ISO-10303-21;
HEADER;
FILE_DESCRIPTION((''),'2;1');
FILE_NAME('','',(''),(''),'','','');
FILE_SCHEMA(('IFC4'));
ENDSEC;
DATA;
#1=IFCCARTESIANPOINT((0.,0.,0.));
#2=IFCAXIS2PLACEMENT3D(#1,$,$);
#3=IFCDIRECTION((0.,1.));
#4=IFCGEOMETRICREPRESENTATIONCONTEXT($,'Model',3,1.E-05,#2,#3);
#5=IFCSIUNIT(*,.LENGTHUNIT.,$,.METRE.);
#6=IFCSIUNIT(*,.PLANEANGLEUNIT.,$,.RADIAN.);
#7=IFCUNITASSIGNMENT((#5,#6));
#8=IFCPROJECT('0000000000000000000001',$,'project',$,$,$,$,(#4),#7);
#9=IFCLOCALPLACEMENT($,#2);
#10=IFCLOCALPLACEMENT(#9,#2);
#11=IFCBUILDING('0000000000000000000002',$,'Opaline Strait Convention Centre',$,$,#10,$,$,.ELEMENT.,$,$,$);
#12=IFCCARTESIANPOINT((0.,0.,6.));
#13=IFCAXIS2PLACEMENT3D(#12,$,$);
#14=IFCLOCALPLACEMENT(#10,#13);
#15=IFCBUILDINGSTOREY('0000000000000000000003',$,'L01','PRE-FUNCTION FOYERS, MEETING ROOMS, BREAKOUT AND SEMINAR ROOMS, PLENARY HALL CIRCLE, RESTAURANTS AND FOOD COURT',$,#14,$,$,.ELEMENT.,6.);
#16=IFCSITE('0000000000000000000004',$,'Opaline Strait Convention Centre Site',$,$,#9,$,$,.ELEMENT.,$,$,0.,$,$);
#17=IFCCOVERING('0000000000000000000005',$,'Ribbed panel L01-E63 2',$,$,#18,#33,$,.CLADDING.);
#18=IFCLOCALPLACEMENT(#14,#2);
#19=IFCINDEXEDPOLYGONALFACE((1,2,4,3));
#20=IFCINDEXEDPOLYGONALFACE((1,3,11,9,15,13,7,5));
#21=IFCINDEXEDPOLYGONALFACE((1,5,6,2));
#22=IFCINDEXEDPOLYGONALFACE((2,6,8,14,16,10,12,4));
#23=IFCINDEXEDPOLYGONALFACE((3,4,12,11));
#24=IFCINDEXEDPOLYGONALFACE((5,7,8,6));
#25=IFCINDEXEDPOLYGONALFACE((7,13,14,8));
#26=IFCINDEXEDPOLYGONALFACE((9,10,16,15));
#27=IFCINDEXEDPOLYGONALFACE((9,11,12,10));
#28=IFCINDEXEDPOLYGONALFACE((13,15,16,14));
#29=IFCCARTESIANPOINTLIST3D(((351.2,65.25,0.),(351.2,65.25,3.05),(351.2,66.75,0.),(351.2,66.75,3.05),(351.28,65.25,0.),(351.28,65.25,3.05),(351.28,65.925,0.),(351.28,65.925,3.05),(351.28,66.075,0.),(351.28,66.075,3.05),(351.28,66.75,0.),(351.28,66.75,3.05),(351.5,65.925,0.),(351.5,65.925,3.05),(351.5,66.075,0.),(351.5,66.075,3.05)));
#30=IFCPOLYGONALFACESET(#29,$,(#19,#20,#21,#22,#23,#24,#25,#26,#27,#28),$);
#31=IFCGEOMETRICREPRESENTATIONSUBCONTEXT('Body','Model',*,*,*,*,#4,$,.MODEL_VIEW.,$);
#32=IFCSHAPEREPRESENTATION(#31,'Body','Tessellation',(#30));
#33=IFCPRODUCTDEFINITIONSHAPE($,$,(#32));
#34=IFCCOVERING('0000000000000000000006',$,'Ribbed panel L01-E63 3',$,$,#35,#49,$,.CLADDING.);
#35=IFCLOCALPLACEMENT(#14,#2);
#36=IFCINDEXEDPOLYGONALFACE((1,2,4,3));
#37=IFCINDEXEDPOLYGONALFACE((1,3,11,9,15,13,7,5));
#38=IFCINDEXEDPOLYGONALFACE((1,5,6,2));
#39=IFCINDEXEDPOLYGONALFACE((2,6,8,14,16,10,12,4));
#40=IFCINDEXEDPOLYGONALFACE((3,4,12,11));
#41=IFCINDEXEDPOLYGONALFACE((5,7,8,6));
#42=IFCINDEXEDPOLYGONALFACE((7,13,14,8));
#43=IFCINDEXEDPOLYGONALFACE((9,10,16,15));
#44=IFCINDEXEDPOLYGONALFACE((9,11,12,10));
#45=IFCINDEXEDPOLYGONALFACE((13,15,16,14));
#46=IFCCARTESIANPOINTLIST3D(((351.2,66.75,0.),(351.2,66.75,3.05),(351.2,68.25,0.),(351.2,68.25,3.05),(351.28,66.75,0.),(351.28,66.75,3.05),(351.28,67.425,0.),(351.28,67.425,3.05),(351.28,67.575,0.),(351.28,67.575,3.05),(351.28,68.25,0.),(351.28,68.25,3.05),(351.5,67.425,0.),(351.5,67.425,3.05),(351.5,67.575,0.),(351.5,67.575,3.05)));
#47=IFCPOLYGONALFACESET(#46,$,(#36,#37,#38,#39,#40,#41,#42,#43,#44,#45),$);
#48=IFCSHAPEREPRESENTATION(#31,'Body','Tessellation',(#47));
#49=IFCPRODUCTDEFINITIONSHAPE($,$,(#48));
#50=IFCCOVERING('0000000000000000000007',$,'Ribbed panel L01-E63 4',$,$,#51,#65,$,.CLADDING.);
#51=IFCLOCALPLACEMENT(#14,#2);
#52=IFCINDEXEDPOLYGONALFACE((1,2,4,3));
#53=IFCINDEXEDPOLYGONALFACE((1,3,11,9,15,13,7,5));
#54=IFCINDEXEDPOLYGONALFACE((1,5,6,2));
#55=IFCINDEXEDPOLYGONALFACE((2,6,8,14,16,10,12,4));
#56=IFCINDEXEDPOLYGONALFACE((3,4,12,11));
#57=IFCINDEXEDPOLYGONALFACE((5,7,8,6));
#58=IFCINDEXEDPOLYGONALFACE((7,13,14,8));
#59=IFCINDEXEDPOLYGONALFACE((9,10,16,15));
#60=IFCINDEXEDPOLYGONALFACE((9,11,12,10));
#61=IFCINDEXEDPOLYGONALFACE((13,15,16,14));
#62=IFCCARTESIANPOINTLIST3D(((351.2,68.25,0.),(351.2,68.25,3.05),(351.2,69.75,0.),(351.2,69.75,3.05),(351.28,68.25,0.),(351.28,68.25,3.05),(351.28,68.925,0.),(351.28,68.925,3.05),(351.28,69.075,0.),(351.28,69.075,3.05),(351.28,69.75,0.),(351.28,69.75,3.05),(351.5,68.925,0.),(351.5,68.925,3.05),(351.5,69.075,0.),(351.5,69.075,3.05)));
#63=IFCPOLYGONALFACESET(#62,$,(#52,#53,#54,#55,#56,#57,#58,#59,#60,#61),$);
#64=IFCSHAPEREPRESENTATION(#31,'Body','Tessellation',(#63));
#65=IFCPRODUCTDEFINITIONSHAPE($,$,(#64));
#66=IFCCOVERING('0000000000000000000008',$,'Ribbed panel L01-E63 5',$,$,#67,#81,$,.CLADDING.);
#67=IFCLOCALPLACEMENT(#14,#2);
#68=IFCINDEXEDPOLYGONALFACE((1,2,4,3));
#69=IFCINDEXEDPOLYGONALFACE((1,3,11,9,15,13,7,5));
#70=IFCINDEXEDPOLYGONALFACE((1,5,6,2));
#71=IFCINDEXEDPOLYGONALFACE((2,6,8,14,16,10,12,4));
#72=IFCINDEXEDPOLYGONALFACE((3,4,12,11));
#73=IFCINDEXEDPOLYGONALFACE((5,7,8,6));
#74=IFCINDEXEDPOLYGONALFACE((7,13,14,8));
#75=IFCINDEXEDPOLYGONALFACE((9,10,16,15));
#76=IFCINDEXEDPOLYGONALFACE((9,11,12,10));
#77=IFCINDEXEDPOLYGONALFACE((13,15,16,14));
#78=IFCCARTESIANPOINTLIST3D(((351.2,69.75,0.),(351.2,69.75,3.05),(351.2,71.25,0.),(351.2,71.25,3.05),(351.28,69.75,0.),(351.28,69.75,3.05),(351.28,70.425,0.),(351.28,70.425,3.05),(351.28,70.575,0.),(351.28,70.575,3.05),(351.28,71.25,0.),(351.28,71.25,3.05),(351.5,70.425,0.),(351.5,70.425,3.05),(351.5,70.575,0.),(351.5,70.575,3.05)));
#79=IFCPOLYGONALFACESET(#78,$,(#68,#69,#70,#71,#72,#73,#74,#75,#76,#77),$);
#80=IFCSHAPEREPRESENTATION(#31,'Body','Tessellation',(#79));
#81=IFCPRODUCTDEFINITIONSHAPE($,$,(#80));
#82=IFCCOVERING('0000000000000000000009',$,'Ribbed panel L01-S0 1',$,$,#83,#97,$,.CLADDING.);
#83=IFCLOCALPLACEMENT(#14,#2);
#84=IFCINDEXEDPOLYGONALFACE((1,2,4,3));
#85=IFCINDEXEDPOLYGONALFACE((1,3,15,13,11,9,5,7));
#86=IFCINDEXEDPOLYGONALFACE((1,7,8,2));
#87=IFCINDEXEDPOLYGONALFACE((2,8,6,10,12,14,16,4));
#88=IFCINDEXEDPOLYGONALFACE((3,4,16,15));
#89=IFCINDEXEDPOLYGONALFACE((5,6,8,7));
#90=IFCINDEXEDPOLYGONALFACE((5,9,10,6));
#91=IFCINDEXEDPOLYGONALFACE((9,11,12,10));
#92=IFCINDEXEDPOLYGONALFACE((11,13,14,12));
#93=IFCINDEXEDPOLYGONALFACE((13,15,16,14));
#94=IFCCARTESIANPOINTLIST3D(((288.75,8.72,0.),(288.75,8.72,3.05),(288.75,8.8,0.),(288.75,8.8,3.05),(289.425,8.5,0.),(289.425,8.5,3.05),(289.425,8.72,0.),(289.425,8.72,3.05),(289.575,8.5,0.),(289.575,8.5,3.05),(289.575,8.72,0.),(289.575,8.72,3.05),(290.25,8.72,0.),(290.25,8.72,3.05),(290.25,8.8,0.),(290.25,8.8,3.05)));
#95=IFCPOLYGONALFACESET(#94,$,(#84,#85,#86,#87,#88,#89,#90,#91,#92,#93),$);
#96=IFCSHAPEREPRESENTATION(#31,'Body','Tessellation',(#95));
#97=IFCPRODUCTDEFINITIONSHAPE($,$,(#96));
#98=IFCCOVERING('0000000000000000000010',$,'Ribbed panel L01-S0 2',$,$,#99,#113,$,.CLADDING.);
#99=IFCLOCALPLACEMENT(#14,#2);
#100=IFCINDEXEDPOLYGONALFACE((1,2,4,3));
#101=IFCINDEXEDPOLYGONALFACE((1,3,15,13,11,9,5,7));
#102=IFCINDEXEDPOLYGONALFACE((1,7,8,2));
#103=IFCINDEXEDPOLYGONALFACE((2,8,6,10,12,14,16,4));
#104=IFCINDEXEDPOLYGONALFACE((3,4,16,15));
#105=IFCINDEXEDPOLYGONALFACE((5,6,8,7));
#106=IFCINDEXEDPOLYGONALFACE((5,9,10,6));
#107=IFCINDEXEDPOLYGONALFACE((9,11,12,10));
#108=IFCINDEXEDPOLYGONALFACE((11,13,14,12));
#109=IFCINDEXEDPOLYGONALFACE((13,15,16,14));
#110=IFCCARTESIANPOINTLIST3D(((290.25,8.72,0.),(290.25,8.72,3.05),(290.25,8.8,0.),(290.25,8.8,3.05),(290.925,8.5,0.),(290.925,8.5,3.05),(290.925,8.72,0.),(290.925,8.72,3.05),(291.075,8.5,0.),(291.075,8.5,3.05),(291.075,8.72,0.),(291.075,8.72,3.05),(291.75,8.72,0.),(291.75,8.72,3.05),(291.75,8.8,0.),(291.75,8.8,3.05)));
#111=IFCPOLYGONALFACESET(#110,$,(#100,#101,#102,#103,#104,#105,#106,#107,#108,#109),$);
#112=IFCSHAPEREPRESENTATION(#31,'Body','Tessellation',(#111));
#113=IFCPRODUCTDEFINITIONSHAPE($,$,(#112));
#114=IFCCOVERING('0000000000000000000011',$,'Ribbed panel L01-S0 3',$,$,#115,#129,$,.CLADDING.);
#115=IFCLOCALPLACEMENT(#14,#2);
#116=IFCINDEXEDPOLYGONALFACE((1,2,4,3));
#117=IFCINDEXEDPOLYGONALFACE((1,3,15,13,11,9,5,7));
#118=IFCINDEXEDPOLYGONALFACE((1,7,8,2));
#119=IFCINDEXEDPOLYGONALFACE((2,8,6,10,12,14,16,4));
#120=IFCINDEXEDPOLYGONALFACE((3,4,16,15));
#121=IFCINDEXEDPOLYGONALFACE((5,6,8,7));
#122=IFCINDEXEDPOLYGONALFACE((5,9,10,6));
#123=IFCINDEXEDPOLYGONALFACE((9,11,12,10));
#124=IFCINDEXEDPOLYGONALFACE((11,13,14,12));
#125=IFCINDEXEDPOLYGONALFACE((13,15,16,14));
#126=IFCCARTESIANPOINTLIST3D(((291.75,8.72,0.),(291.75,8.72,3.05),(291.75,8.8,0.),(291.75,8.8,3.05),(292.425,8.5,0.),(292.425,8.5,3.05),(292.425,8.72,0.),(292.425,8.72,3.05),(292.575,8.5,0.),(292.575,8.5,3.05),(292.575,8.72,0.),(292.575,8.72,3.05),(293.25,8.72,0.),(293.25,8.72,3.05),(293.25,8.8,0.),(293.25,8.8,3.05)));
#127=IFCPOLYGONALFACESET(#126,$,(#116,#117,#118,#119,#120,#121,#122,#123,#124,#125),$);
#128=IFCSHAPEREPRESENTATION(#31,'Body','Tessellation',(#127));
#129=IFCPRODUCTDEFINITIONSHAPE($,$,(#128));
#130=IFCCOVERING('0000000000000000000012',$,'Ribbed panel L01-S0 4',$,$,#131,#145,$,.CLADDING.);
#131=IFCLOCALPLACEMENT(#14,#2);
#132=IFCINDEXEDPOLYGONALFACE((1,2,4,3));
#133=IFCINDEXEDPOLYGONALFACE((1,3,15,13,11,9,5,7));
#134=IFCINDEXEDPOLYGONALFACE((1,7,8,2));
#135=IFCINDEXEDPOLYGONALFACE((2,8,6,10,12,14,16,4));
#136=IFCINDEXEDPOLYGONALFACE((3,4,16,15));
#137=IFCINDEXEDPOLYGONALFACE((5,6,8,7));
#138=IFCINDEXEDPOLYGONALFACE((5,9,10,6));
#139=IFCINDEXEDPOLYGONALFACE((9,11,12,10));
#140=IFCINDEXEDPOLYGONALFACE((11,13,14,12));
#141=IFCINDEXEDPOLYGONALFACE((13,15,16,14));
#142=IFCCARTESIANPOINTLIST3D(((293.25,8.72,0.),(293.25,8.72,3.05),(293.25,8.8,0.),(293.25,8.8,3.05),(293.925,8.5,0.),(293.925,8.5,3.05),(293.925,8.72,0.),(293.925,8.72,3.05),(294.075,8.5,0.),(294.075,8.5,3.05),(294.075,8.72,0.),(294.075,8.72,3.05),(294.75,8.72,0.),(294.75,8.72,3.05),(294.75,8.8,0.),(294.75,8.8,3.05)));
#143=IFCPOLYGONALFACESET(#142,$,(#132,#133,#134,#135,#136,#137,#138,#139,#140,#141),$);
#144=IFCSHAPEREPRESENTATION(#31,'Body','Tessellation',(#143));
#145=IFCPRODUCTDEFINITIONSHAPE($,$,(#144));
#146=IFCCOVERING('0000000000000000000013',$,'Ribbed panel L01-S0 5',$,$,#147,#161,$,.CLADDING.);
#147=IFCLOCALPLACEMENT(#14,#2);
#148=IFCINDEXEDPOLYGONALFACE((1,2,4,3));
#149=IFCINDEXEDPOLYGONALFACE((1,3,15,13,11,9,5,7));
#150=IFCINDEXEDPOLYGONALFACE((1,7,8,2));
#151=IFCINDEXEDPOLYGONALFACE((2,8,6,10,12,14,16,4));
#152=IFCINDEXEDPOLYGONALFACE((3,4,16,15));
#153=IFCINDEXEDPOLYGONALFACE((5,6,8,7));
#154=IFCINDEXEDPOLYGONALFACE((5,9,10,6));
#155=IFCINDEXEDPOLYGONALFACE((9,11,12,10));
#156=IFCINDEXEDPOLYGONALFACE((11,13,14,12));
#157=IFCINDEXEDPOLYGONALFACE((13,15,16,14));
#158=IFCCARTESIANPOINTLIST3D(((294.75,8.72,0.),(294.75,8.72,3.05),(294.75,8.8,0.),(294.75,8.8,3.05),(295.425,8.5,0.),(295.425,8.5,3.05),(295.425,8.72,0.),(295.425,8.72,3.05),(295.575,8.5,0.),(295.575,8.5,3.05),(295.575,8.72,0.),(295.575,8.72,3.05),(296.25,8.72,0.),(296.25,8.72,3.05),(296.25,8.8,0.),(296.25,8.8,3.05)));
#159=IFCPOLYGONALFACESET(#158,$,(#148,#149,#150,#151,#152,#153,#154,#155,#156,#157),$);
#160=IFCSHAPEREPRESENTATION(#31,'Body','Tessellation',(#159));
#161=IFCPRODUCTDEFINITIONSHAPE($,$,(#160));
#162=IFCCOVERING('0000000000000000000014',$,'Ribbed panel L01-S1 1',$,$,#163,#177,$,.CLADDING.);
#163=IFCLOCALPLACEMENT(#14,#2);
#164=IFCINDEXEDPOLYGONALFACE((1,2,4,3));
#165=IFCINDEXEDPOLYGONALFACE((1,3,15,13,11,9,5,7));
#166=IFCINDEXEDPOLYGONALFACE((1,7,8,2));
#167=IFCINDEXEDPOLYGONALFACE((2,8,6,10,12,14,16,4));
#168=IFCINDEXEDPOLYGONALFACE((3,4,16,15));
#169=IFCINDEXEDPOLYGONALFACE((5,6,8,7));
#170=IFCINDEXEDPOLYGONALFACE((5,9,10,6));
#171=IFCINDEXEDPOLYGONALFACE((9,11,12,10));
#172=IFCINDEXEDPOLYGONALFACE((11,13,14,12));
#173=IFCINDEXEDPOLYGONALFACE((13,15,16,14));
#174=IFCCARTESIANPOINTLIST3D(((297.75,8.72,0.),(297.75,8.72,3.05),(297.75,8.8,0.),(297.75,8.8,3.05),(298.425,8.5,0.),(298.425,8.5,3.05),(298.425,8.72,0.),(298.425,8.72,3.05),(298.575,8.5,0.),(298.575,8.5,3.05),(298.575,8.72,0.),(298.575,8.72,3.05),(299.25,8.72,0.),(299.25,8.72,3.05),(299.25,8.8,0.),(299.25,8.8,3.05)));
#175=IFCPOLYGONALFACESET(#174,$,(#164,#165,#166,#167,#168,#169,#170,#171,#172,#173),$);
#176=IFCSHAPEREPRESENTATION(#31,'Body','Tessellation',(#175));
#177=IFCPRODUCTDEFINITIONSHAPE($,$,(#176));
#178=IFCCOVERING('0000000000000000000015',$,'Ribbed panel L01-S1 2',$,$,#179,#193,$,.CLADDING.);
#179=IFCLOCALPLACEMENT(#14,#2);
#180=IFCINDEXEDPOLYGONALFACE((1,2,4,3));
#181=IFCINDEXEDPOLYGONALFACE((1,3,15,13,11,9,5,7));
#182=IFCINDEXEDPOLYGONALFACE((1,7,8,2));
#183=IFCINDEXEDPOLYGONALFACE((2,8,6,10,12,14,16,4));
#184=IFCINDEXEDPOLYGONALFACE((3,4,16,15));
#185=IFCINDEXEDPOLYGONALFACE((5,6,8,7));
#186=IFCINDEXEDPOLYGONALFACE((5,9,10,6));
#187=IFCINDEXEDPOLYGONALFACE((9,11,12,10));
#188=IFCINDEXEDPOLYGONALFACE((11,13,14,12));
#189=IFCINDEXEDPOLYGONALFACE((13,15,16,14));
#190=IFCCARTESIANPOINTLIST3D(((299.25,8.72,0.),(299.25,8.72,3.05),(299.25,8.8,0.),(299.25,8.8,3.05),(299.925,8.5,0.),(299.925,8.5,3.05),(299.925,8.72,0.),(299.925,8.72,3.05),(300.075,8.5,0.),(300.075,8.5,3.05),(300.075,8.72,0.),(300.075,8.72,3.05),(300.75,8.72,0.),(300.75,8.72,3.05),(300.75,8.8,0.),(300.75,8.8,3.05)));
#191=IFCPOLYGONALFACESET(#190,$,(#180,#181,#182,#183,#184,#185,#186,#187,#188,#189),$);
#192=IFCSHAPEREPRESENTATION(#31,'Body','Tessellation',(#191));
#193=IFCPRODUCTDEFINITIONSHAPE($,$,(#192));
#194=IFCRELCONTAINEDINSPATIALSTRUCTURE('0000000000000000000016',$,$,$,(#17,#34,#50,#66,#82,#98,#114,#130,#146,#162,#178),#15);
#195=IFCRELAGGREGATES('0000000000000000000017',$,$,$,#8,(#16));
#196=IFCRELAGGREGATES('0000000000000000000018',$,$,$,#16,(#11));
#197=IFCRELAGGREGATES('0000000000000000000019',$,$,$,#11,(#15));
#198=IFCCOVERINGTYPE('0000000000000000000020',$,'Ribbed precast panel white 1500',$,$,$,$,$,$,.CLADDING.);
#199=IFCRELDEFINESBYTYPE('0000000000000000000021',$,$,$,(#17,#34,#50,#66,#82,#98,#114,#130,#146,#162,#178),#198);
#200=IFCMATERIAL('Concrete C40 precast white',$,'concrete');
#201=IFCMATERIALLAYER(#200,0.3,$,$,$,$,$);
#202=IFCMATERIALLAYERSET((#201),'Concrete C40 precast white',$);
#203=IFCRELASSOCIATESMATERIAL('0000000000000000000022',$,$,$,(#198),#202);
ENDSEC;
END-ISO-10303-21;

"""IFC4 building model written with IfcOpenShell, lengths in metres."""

from ifc_helpers import new_model, si_unit, direction, frame, origin, place, context, subcontext, project, spatial, polyline, outline, extrude, material, layer, layer_set, type_object, element, save


model = new_model("IFC4")

# Units and contexts
model_context = context("Model", 3, precision=1e-05, world=origin(), true_north=direction((0.0, 1.0)))
body_context = subcontext(model_context, "Body", "Model", "MODEL_VIEW")
ifc_project = project(units=[si_unit("LENGTHUNIT", "METRE"), si_unit("PLANEANGLEUNIT", "RADIAN")], contexts=[model_context])

# Site, building, storey
site_placement = place(None, origin())
site = spatial("IfcSite", under=ifc_project, at=site_placement, Name="Opaline Strait Convention Centre Site", CompositionType="ELEMENT", RefElevation=0.0)
building_placement = place(site_placement, origin())
building = spatial("IfcBuilding", under=site, at=building_placement, Name="Opaline Strait Convention Centre", CompositionType="ELEMENT")
storey_placement = place(building_placement, frame((0.0, 0.0, 6.0)))
storey = spatial("IfcBuildingStorey", under=building, at=storey_placement, Name="L01", Description="PRE-FUNCTION FOYERS, MEETING ROOMS, BREAKOUT AND SEMINAR ROOMS, PLENARY HALL CIRCLE, RESTAURANTS AND FOOD COURT", CompositionType="ELEMENT", Elevation=6.0)

# Coverings
ifc_material = material(Name="Concrete C40 precast white", Category="concrete")
ifc_layer = layer(ifc_material, 0.3)
ifc_layer_set = layer_set([ifc_layer], Name="Concrete C40 precast white")
covering_type = type_object("IfcCoveringType", Name="Ribbed precast panel white 1500", PredefinedType="CLADDING", material=ifc_layer_set)
covering_1_placement = place(storey_placement, origin())
element("IfcCovering", 1, at=covering_1_placement, inside=storey, type_object=covering_type, Name="Ribbed panel L01-E63 2", PredefinedType="CLADDING", context=body_context, shape_type="SweptSolid", body=[
    extrude(outline(polyline([(351.2, 65.25), (351.2, 66.75), (351.28, 66.75), (351.28, 66.075), (351.5, 66.075), (351.5, 65.925), (351.28, 65.925), (351.28, 65.25), (351.2, 65.25)])), origin(), (0.0, 0.0, 1.0), 3.05),
])
covering_2_placement = place(storey_placement, origin())
element("IfcCovering", 2, at=covering_2_placement, inside=storey, type_object=covering_type, Name="Ribbed panel L01-E63 3", PredefinedType="CLADDING", context=body_context, shape_type="SweptSolid", body=[
    extrude(outline(polyline([(351.2, 66.75), (351.2, 68.25), (351.28, 68.25), (351.28, 67.575), (351.5, 67.575), (351.5, 67.425), (351.28, 67.425), (351.28, 66.75), (351.2, 66.75)])), origin(), (0.0, 0.0, 1.0), 3.05),
])
covering_3_placement = place(storey_placement, origin())
element("IfcCovering", 3, at=covering_3_placement, inside=storey, type_object=covering_type, Name="Ribbed panel L01-E63 4", PredefinedType="CLADDING", context=body_context, shape_type="SweptSolid", body=[
    extrude(outline(polyline([(351.2, 68.25), (351.2, 69.75), (351.28, 69.75), (351.28, 69.075), (351.5, 69.075), (351.5, 68.925), (351.28, 68.925), (351.28, 68.25), (351.2, 68.25)])), origin(), (0.0, 0.0, 1.0), 3.05),
])
covering_4_placement = place(storey_placement, origin())
element("IfcCovering", 4, at=covering_4_placement, inside=storey, type_object=covering_type, Name="Ribbed panel L01-E63 5", PredefinedType="CLADDING", context=body_context, shape_type="SweptSolid", body=[
    extrude(outline(polyline([(351.2, 69.75), (351.2, 71.25), (351.28, 71.25), (351.28, 70.575), (351.5, 70.575), (351.5, 70.425), (351.28, 70.425), (351.28, 69.75), (351.2, 69.75)])), origin(), (0.0, 0.0, 1.0), 3.05),
])
covering_5_placement = place(storey_placement, origin())
element("IfcCovering", 5, at=covering_5_placement, inside=storey, type_object=covering_type, Name="Ribbed panel L01-S0 1", PredefinedType="CLADDING", context=body_context, shape_type="SweptSolid", body=[
    extrude(outline(polyline([(288.75, 8.8), (290.25, 8.8), (290.25, 8.72), (289.575, 8.72), (289.575, 8.5), (289.425, 8.5), (289.425, 8.72), (288.75, 8.72), (288.75, 8.8)])), origin(), (0.0, 0.0, 1.0), 3.05),
])
covering_6_placement = place(storey_placement, origin())
element("IfcCovering", 6, at=covering_6_placement, inside=storey, type_object=covering_type, Name="Ribbed panel L01-S0 2", PredefinedType="CLADDING", context=body_context, shape_type="SweptSolid", body=[
    extrude(outline(polyline([(290.25, 8.8), (291.75, 8.8), (291.75, 8.72), (291.075, 8.72), (291.075, 8.5), (290.925, 8.5), (290.925, 8.72), (290.25, 8.72), (290.25, 8.8)])), origin(), (0.0, 0.0, 1.0), 3.05),
])
covering_7_placement = place(storey_placement, origin())
element("IfcCovering", 7, at=covering_7_placement, inside=storey, type_object=covering_type, Name="Ribbed panel L01-S0 3", PredefinedType="CLADDING", context=body_context, shape_type="SweptSolid", body=[
    extrude(outline(polyline([(291.75, 8.8), (293.25, 8.8), (293.25, 8.72), (292.575, 8.72), (292.575, 8.5), (292.425, 8.5), (292.425, 8.72), (291.75, 8.72), (291.75, 8.8)])), origin(), (0.0, 0.0, 1.0), 3.05),
])
covering_8_placement = place(storey_placement, origin())
element("IfcCovering", 8, at=covering_8_placement, inside=storey, type_object=covering_type, Name="Ribbed panel L01-S0 4", PredefinedType="CLADDING", context=body_context, shape_type="SweptSolid", body=[
    extrude(outline(polyline([(293.25, 8.8), (294.75, 8.8), (294.75, 8.72), (294.075, 8.72), (294.075, 8.5), (293.925, 8.5), (293.925, 8.72), (293.25, 8.72), (293.25, 8.8)])), origin(), (0.0, 0.0, 1.0), 3.05),
])
covering_9_placement = place(storey_placement, origin())
element("IfcCovering", 9, at=covering_9_placement, inside=storey, type_object=covering_type, Name="Ribbed panel L01-S0 5", PredefinedType="CLADDING", context=body_context, shape_type="SweptSolid", body=[
    extrude(outline(polyline([(294.75, 8.8), (296.25, 8.8), (296.25, 8.72), (295.575, 8.72), (295.575, 8.5), (295.425, 8.5), (295.425, 8.72), (294.75, 8.72), (294.75, 8.8)])), origin(), (0.0, 0.0, 1.0), 3.05),
])
covering_10_placement = place(storey_placement, origin())
element("IfcCovering", 10, at=covering_10_placement, inside=storey, type_object=covering_type, Name="Ribbed panel L01-S1 1", PredefinedType="CLADDING", context=body_context, shape_type="SweptSolid", body=[
    extrude(outline(polyline([(297.75, 8.8), (299.25, 8.8), (299.25, 8.72), (298.575, 8.72), (298.575, 8.5), (298.425, 8.5), (298.425, 8.72), (297.75, 8.72), (297.75, 8.8)])), origin(), (0.0, 0.0, 1.0), 3.05),
])
covering_11_placement = place(storey_placement, origin())
element("IfcCovering", 11, at=covering_11_placement, inside=storey, type_object=covering_type, Name="Ribbed panel L01-S1 2", PredefinedType="CLADDING", context=body_context, shape_type="SweptSolid", body=[
    extrude(outline(polyline([(299.25, 8.8), (300.75, 8.8), (300.75, 8.72), (300.075, 8.72), (300.075, 8.5), (299.925, 8.5), (299.925, 8.72), (299.25, 8.72), (299.25, 8.8)])), origin(), (0.0, 0.0, 1.0), 3.05),
])

save(model, "model.ifc")
